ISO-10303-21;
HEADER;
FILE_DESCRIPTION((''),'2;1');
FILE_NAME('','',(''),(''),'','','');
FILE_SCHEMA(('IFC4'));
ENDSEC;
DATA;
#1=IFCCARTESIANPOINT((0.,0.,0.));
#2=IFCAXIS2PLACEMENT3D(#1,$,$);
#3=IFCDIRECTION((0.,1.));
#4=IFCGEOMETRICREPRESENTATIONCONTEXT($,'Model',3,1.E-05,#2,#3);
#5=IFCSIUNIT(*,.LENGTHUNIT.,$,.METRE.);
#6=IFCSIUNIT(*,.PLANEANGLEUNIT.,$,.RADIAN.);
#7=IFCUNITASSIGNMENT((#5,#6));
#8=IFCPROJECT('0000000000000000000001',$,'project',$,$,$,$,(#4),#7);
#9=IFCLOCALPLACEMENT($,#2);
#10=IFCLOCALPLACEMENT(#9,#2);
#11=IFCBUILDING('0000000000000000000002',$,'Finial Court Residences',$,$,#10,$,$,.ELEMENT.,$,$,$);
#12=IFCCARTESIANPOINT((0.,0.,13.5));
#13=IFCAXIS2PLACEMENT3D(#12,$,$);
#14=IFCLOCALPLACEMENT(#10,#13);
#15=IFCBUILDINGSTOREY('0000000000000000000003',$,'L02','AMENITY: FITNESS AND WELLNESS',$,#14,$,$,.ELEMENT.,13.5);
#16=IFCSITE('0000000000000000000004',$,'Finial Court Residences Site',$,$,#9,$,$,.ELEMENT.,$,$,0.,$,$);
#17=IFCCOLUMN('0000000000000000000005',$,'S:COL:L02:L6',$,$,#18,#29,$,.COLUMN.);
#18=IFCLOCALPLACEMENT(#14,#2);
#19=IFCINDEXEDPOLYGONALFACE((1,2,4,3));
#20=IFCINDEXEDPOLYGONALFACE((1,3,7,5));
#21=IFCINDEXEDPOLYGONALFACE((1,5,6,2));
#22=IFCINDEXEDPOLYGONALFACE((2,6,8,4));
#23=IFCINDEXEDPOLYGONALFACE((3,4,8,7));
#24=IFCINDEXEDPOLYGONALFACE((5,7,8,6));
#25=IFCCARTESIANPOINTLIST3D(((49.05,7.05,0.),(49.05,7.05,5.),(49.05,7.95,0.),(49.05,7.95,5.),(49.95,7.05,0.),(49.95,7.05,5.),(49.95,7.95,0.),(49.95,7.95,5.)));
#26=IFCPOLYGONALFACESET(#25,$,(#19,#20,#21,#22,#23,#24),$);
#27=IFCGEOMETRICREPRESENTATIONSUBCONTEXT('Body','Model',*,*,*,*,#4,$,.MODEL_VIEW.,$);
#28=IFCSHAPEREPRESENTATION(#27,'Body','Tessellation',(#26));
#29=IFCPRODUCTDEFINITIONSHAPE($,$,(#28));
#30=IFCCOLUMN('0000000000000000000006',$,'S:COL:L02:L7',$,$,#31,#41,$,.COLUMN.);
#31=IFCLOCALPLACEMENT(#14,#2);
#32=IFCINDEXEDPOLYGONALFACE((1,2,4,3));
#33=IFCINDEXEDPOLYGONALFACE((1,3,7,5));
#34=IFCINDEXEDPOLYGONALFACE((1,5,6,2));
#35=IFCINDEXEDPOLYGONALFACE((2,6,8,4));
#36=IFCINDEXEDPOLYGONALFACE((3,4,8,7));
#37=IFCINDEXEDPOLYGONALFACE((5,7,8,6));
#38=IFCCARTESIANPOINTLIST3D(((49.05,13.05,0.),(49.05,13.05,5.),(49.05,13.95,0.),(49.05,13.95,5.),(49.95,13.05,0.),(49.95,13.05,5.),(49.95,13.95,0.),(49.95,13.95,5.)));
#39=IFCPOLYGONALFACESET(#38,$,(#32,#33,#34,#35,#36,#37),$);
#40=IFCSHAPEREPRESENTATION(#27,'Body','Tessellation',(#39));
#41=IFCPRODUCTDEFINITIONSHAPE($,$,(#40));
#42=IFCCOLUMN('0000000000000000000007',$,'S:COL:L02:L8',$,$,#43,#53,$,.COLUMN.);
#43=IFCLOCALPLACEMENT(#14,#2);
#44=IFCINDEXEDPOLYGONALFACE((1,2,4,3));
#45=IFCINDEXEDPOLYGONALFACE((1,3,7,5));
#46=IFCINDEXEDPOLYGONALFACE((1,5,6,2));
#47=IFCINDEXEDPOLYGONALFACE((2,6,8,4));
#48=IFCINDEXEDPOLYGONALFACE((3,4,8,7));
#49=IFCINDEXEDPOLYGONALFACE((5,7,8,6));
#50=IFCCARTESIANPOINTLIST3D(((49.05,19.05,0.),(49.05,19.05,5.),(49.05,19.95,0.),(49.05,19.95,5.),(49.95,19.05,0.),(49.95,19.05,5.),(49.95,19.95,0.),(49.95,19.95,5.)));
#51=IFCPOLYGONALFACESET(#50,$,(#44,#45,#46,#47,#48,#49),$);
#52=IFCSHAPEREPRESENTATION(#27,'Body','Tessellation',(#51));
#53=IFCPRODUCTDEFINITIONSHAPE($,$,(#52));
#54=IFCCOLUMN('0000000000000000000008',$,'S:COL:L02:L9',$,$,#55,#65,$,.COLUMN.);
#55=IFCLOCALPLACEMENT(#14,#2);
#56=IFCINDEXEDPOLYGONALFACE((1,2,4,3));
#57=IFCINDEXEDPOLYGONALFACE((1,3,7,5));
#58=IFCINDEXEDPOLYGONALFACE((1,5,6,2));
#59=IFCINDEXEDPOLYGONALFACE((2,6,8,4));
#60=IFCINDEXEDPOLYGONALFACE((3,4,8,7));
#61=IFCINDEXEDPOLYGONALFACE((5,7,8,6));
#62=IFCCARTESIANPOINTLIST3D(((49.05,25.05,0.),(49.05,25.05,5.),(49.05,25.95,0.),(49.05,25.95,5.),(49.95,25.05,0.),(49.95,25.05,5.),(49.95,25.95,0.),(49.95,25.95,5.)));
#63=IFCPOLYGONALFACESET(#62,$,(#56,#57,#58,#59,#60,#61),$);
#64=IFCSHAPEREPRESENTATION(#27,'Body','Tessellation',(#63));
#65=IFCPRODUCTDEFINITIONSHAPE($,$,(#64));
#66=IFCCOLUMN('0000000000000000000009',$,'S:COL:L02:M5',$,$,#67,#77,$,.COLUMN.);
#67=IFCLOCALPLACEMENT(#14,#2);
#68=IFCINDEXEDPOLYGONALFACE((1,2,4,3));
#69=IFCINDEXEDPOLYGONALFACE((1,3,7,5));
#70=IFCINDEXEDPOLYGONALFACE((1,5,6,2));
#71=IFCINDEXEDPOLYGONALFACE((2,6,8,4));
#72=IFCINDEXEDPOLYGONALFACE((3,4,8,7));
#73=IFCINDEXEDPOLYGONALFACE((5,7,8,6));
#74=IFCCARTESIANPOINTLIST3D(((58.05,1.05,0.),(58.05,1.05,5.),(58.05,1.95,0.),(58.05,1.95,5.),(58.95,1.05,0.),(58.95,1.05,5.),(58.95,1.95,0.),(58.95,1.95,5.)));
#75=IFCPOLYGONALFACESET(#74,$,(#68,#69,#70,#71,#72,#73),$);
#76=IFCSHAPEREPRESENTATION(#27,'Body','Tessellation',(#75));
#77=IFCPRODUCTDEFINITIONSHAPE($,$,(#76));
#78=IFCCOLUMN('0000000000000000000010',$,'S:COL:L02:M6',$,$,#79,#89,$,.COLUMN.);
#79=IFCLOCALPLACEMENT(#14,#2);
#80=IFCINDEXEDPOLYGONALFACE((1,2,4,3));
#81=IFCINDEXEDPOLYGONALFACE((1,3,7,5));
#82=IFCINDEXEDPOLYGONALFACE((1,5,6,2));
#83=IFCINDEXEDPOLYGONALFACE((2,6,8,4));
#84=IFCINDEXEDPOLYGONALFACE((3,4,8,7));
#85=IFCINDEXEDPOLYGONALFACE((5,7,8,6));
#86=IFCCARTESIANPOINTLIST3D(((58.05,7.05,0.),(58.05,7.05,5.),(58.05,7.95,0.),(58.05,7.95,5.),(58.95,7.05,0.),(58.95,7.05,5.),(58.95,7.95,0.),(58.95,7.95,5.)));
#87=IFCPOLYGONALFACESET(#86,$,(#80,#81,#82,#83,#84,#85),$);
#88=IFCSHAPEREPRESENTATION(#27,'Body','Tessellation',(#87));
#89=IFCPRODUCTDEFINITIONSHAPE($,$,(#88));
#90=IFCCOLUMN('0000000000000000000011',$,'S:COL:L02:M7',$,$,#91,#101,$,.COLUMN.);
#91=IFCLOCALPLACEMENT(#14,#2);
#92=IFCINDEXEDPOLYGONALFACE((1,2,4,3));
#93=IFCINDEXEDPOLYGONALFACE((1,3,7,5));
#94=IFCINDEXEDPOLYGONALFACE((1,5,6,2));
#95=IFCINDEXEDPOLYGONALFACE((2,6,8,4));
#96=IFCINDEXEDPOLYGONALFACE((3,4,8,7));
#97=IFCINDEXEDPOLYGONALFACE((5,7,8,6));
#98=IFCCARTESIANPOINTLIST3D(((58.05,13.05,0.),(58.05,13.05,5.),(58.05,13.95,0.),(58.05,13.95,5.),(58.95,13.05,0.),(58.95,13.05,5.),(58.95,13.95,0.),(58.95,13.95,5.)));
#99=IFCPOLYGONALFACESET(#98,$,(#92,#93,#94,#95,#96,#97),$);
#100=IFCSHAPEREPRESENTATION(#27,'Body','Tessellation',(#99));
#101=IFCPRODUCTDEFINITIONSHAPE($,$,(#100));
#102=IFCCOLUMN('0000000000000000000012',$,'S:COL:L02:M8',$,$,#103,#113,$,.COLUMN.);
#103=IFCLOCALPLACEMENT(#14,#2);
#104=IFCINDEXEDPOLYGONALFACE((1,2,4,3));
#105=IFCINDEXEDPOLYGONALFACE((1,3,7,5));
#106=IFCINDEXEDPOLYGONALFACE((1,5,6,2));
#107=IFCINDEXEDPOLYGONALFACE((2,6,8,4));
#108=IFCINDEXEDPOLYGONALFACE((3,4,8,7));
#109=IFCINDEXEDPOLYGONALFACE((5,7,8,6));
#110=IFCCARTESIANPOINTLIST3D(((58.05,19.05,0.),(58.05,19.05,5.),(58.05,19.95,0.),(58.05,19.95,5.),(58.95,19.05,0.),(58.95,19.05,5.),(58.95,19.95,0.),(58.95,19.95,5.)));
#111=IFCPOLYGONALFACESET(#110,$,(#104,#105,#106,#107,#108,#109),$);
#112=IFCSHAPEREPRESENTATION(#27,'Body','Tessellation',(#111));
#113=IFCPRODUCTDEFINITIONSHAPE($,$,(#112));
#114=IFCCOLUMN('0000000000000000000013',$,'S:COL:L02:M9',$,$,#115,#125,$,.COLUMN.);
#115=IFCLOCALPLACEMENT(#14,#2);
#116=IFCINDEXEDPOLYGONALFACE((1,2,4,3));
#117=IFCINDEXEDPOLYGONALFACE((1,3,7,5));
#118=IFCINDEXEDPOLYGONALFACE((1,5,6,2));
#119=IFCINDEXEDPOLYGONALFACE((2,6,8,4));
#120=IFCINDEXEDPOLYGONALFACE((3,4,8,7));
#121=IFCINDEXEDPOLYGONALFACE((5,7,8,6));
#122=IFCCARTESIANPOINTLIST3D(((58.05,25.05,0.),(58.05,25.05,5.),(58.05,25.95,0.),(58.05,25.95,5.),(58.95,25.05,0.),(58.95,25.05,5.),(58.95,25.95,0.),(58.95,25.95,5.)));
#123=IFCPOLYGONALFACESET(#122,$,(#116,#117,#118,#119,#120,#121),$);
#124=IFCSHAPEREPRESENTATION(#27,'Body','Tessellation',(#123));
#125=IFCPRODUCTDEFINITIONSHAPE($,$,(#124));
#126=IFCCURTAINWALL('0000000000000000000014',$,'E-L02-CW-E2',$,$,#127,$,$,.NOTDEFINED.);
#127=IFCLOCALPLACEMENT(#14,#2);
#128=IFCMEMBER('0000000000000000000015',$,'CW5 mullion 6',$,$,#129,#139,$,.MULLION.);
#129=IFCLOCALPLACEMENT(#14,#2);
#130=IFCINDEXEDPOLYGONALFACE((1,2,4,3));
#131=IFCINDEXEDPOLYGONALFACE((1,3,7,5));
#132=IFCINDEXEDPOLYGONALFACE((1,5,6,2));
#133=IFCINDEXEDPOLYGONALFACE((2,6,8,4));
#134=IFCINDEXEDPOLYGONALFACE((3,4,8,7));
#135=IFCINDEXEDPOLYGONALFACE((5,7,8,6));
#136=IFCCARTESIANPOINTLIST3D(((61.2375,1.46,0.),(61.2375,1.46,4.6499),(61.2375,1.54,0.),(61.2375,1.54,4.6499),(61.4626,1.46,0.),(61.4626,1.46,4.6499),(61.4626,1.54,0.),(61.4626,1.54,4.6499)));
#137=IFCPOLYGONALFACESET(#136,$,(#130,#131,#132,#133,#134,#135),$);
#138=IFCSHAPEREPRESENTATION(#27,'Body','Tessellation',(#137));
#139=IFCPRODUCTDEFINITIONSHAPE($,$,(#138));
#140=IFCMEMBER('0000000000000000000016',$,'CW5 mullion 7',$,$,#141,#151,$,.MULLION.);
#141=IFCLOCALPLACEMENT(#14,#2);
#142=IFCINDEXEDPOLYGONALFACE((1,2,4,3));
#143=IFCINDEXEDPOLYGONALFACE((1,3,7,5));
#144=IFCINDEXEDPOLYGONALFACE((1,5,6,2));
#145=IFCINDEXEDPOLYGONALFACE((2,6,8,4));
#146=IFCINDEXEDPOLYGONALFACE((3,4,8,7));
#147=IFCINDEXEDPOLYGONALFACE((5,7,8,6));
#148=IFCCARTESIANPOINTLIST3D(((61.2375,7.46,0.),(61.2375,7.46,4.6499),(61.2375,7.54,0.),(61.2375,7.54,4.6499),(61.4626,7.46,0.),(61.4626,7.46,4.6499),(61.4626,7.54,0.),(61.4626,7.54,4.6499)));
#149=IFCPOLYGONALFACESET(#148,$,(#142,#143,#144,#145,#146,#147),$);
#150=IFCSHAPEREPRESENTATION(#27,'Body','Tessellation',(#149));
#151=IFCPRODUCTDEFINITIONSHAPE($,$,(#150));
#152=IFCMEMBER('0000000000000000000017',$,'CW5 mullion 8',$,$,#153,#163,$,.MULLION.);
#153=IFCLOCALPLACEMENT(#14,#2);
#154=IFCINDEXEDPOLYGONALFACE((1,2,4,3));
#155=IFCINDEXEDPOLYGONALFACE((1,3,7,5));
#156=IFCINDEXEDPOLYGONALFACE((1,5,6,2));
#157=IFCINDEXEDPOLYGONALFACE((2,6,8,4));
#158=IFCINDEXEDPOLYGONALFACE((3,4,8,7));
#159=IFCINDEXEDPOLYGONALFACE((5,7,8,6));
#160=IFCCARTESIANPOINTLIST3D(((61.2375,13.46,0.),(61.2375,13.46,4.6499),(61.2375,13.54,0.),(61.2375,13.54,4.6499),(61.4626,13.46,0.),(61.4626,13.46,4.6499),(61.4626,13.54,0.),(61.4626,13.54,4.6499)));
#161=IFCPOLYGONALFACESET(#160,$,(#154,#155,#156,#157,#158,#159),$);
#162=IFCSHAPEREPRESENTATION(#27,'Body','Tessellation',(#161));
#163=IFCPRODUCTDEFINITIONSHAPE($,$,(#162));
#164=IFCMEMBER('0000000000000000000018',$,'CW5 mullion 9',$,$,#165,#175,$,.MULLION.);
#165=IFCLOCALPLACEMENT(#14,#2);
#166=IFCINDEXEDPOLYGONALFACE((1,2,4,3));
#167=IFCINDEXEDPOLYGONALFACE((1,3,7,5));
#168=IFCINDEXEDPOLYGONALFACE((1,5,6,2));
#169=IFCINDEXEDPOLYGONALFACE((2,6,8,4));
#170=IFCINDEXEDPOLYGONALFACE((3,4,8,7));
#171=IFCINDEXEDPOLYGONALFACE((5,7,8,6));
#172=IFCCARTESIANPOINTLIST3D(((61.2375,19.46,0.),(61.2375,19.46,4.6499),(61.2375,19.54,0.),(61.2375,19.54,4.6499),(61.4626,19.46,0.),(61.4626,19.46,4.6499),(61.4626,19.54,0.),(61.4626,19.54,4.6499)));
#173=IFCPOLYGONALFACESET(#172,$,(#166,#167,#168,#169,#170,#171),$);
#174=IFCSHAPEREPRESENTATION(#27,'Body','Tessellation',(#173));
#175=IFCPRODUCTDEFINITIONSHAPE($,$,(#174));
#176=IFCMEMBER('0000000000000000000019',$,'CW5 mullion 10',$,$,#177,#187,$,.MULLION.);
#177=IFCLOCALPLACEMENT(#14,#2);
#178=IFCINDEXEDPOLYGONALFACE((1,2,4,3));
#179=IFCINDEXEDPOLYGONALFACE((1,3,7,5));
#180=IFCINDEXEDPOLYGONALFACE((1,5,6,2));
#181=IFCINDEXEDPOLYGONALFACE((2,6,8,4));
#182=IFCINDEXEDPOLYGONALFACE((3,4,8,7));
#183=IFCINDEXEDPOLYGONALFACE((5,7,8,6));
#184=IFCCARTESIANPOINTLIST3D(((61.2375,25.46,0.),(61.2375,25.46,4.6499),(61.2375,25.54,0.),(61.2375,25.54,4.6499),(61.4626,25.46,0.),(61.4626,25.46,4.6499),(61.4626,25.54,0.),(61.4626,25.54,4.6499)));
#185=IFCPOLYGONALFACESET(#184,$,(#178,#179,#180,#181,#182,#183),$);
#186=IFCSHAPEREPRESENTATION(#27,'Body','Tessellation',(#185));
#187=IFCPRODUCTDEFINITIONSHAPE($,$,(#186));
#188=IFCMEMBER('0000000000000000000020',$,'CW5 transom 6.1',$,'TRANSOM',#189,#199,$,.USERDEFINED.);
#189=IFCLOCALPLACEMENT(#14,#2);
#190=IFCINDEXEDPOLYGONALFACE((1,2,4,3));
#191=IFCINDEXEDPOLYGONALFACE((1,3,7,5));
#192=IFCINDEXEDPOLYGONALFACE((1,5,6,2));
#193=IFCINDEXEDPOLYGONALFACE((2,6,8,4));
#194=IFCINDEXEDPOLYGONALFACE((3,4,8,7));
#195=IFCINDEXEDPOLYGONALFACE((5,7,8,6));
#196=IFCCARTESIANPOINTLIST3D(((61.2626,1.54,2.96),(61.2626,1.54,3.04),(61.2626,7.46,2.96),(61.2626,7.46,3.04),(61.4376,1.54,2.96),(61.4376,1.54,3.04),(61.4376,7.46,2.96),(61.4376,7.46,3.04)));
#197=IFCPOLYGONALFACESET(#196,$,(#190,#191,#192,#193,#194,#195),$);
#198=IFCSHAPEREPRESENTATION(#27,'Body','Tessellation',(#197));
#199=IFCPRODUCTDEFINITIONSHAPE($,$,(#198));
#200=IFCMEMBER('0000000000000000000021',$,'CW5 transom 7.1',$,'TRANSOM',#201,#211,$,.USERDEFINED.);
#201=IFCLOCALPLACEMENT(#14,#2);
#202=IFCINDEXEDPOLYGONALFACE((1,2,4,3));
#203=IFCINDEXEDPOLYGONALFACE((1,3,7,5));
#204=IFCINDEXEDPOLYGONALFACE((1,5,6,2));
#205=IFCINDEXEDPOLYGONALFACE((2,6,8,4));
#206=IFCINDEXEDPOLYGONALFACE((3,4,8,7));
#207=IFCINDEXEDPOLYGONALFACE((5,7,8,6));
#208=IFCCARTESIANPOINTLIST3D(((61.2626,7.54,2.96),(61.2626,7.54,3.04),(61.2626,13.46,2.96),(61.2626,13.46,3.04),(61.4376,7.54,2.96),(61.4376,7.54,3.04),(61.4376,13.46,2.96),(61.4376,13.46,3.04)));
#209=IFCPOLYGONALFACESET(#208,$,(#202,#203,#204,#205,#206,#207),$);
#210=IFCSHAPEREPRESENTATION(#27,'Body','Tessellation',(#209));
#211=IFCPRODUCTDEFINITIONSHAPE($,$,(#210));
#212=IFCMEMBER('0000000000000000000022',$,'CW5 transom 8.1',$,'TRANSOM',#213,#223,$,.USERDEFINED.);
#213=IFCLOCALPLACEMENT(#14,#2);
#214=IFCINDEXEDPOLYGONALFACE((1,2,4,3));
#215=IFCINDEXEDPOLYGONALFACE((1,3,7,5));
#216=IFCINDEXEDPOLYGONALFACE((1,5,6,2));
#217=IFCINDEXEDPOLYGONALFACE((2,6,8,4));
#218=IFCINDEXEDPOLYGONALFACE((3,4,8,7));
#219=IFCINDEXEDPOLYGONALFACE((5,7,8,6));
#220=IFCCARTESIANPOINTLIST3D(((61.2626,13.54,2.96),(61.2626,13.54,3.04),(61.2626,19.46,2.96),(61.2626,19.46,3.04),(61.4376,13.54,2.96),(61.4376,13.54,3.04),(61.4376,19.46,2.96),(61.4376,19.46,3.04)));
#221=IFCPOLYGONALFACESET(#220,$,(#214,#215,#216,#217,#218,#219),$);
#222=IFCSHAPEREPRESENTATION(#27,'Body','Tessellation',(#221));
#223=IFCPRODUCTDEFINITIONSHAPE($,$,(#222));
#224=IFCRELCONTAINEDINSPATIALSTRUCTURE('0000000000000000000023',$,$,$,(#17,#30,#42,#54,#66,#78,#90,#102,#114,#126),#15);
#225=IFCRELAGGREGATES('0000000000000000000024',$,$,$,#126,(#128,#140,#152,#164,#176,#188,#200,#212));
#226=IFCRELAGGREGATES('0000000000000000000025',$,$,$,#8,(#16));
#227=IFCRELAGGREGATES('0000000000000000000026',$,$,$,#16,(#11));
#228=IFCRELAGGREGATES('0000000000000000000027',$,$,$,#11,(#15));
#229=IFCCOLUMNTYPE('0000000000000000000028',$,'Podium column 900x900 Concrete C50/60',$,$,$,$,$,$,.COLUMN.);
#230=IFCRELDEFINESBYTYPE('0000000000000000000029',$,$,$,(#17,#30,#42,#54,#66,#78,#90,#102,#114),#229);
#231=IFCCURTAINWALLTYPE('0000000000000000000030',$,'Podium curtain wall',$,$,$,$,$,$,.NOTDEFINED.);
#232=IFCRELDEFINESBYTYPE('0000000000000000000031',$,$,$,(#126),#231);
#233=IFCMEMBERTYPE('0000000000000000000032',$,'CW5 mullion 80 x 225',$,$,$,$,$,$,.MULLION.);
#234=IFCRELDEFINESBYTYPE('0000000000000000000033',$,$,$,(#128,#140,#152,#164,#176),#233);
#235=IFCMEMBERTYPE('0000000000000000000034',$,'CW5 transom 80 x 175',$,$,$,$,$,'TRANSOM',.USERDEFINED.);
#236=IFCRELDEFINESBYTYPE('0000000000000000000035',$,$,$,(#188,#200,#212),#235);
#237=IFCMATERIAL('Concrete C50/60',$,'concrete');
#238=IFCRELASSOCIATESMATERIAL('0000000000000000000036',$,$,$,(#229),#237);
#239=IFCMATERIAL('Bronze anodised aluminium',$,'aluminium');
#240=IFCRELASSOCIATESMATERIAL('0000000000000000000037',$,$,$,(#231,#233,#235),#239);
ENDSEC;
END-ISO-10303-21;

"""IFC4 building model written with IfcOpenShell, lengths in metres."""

from ifc_helpers import new_model, si_unit, direction, frame, origin, origin_2d, place, context, subcontext, project, spatial, rectangle, extrude, material, material_profile, profile_set, type_object, element, aggregate, save


model = new_model("IFC4")

# Units and contexts
model_context = context("Model", 3, precision=1e-05, world=origin(), true_north=direction((0.0, 1.0)))
body_context = subcontext(model_context, "Body", "Model", "MODEL_VIEW")
ifc_project = project(units=[si_unit("LENGTHUNIT", "METRE"), si_unit("PLANEANGLEUNIT", "RADIAN")], contexts=[model_context])

# Site, building, storey
site_placement = place(None, origin())
site = spatial("IfcSite", under=ifc_project, at=site_placement, Name="Finial Court Residences Site", CompositionType="ELEMENT", RefElevation=0.0)
building_placement = place(site_placement, origin())
building = spatial("IfcBuilding", under=site, at=building_placement, Name="Finial Court Residences", CompositionType="ELEMENT")
storey_placement = place(building_placement, frame((0.0, 0.0, 13.5)))
storey = spatial("IfcBuildingStorey", under=building, at=storey_placement, Name="L02", Description="AMENITY: FITNESS AND WELLNESS", CompositionType="ELEMENT", Elevation=13.5)

# Columns
ifc_material_1 = material(Name="Concrete C50/60", Category="concrete")
ifc_material_profile_1 = material_profile(ifc_material_1, rectangle(XDim=0.8999, YDim=0.8999, at=origin_2d()), Name="900x900")
ifc_profile_set_1 = profile_set([ifc_material_profile_1], Name="Concrete C50/60")
column_type = type_object("IfcColumnType", Name="Podium column 900x900 Concrete C50/60", PredefinedType="COLUMN", material=ifc_profile_set_1)
for number, where, z_axis, x_axis, name in (
    (1, (49.5, 7.5, 0.0), (0.0, 0.0, 1.0), (1.0, 0.0, 0.0), "S:COL:L02:L6"),
    (2, (49.5, 13.5, 0.0), (0.0, 0.0, 1.0), (1.0, 0.0, 0.0), "S:COL:L02:L7"),
    (3, (49.5, 19.5, 0.0), (0.0, 0.0, 1.0), (1.0, 0.0, 0.0), "S:COL:L02:L8"),
    (4, (49.5, 25.5, 0.0), (0.0, 0.0, 1.0), (1.0, 0.0, 0.0), "S:COL:L02:L9"),
    (5, (58.5, 1.5, 0.0), (0.0, 0.0, 1.0), (1.0, 0.0, 0.0), "S:COL:L02:M5"),
    (6, (58.5, 7.5, 0.0), (0.0, 0.0, 1.0), (1.0, 0.0, 0.0), "S:COL:L02:M6"),
    (7, (58.5, 13.5, 0.0), (0.0, 0.0, 1.0), (1.0, 0.0, 0.0), "S:COL:L02:M7"),
    (8, (58.5, 19.5, 0.0), (0.0, 0.0, 1.0), (1.0, 0.0, 0.0), "S:COL:L02:M8"),
    (9, (58.5, 25.5, 0.0), (0.0, 0.0, 1.0), (1.0, 0.0, 0.0), "S:COL:L02:M9"),
):
    element("IfcColumn", number, at=place(storey_placement, frame(where, z_axis=z_axis, x_axis=x_axis)), inside=storey, type_object=column_type, Name=name, PredefinedType="COLUMN", context=body_context, shape_type="SweptSolid", body=[
        extrude(rectangle(XDim=0.8999, YDim=0.8999, at=origin_2d()), origin(), (0.0, 0.0, 1.0), 5.0),
    ])

# Curtain wall, members
ifc_material_2 = material(Name="Bronze anodised aluminium", Category="aluminium")
curtain_wall_type = type_object("IfcCurtainWallType", Name="Podium curtain wall", PredefinedType="NOTDEFINED", material=ifc_material_2)
curtain_wall_placement = place(storey_placement, origin())
curtain_wall = element("IfcCurtainWall", 10, at=curtain_wall_placement, inside=storey, type_object=curtain_wall_type, Name="E-L02-CW-E2", PredefinedType="NOTDEFINED")
ifc_material_profile_2 = material_profile(ifc_material_2, rectangle(XDim=0.2251, YDim=0.0801, at=origin_2d()), Name="CW5 mullion 80 x 225")
ifc_profile_set_2 = profile_set([ifc_material_profile_2], Name="Bronze anodised aluminium")
member_type_1 = type_object("IfcMemberType", Name="CW5 mullion 80 x 225", PredefinedType="MULLION", material=ifc_profile_set_2)
member_1_placement = place(storey_placement, frame((61.3501, 1.5, 0.0), z_axis=(0.0, 0.0, 1.0), x_axis=(-1.0, 0.0, 0.0)))
member_1 = element("IfcMember", 11, at=member_1_placement, type_object=member_type_1, Name="CW5 mullion 6", PredefinedType="MULLION", context=body_context, shape_type="SweptSolid", body=[
    extrude(rectangle(XDim=0.2251, YDim=0.0801, at=origin_2d()), origin(), (0.0, 0.0, 1.0), 4.6499),
])
member_2_placement = place(storey_placement, frame((61.3501, 7.5, 0.0), z_axis=(0.0, 0.0, 1.0), x_axis=(-1.0, 0.0, 0.0)))
member_2 = element("IfcMember", 12, at=member_2_placement, type_object=member_type_1, Name="CW5 mullion 7", PredefinedType="MULLION", context=body_context, shape_type="SweptSolid", body=[
    extrude(rectangle(XDim=0.2251, YDim=0.0801, at=origin_2d()), origin(), (0.0, 0.0, 1.0), 4.6499),
])
member_3_placement = place(storey_placement, frame((61.3501, 13.5, 0.0), z_axis=(0.0, 0.0, 1.0), x_axis=(-1.0, 0.0, 0.0)))
member_3 = element("IfcMember", 13, at=member_3_placement, type_object=member_type_1, Name="CW5 mullion 8", PredefinedType="MULLION", context=body_context, shape_type="SweptSolid", body=[
    extrude(rectangle(XDim=0.2251, YDim=0.0801, at=origin_2d()), origin(), (0.0, 0.0, 1.0), 4.6499),
])
member_4_placement = place(storey_placement, frame((61.3501, 19.5, 0.0), z_axis=(0.0, 0.0, 1.0), x_axis=(-1.0, 0.0, 0.0)))
member_4 = element("IfcMember", 14, at=member_4_placement, type_object=member_type_1, Name="CW5 mullion 9", PredefinedType="MULLION", context=body_context, shape_type="SweptSolid", body=[
    extrude(rectangle(XDim=0.2251, YDim=0.0801, at=origin_2d()), origin(), (0.0, 0.0, 1.0), 4.6499),
])
member_5_placement = place(storey_placement, frame((61.3501, 25.5, 0.0), z_axis=(0.0, 0.0, 1.0), x_axis=(-1.0, 0.0, 0.0)))
member_5 = element("IfcMember", 15, at=member_5_placement, type_object=member_type_1, Name="CW5 mullion 10", PredefinedType="MULLION", context=body_context, shape_type="SweptSolid", body=[
    extrude(rectangle(XDim=0.2251, YDim=0.0801, at=origin_2d()), origin(), (0.0, 0.0, 1.0), 4.6499),
])
ifc_material_profile_3 = material_profile(ifc_material_2, rectangle(XDim=0.175, YDim=0.0801, at=origin_2d()), Name="CW5 transom 80 x 175")
ifc_profile_set_3 = profile_set([ifc_material_profile_3], Name="Bronze anodised aluminium")
member_type_2 = type_object("IfcMemberType", Name="CW5 transom 80 x 175", ElementType="TRANSOM", PredefinedType="USERDEFINED", material=ifc_profile_set_3)
member_6_placement = place(storey_placement, frame((61.3501, 1.54, 3.0), z_axis=(0.0, 1.0, 0.0), x_axis=(-1.0, 0.0, 0.0)))
member_6 = element("IfcMember", 16, at=member_6_placement, type_object=member_type_2, Name="CW5 transom 6.1", ObjectType="TRANSOM", PredefinedType="USERDEFINED", context=body_context, shape_type="SweptSolid", body=[
    extrude(rectangle(XDim=0.175, YDim=0.0801, at=origin_2d()), origin(), (0.0, 0.0, 1.0), 5.9199),
])
member_7_placement = place(storey_placement, frame((61.3501, 7.54, 3.0), z_axis=(0.0, 1.0, 0.0), x_axis=(-1.0, 0.0, 0.0)))
member_7 = element("IfcMember", 17, at=member_7_placement, type_object=member_type_2, Name="CW5 transom 7.1", ObjectType="TRANSOM", PredefinedType="USERDEFINED", context=body_context, shape_type="SweptSolid", body=[
    extrude(rectangle(XDim=0.175, YDim=0.0801, at=origin_2d()), origin(), (0.0, 0.0, 1.0), 5.9199),
])
member_8_placement = place(storey_placement, frame((61.3501, 13.54, 3.0), z_axis=(0.0, 1.0, 0.0), x_axis=(-1.0, 0.0, 0.0)))
member_8 = element("IfcMember", 18, at=member_8_placement, type_object=member_type_2, Name="CW5 transom 8.1", ObjectType="TRANSOM", PredefinedType="USERDEFINED", context=body_context, shape_type="SweptSolid", body=[
    extrude(rectangle(XDim=0.175, YDim=0.0801, at=origin_2d()), origin(), (0.0, 0.0, 1.0), 5.9199),
])
aggregate(curtain_wall, [member_1, member_2, member_3, member_4, member_5, member_6, member_7, member_8])

save(model, "model.ifc")
